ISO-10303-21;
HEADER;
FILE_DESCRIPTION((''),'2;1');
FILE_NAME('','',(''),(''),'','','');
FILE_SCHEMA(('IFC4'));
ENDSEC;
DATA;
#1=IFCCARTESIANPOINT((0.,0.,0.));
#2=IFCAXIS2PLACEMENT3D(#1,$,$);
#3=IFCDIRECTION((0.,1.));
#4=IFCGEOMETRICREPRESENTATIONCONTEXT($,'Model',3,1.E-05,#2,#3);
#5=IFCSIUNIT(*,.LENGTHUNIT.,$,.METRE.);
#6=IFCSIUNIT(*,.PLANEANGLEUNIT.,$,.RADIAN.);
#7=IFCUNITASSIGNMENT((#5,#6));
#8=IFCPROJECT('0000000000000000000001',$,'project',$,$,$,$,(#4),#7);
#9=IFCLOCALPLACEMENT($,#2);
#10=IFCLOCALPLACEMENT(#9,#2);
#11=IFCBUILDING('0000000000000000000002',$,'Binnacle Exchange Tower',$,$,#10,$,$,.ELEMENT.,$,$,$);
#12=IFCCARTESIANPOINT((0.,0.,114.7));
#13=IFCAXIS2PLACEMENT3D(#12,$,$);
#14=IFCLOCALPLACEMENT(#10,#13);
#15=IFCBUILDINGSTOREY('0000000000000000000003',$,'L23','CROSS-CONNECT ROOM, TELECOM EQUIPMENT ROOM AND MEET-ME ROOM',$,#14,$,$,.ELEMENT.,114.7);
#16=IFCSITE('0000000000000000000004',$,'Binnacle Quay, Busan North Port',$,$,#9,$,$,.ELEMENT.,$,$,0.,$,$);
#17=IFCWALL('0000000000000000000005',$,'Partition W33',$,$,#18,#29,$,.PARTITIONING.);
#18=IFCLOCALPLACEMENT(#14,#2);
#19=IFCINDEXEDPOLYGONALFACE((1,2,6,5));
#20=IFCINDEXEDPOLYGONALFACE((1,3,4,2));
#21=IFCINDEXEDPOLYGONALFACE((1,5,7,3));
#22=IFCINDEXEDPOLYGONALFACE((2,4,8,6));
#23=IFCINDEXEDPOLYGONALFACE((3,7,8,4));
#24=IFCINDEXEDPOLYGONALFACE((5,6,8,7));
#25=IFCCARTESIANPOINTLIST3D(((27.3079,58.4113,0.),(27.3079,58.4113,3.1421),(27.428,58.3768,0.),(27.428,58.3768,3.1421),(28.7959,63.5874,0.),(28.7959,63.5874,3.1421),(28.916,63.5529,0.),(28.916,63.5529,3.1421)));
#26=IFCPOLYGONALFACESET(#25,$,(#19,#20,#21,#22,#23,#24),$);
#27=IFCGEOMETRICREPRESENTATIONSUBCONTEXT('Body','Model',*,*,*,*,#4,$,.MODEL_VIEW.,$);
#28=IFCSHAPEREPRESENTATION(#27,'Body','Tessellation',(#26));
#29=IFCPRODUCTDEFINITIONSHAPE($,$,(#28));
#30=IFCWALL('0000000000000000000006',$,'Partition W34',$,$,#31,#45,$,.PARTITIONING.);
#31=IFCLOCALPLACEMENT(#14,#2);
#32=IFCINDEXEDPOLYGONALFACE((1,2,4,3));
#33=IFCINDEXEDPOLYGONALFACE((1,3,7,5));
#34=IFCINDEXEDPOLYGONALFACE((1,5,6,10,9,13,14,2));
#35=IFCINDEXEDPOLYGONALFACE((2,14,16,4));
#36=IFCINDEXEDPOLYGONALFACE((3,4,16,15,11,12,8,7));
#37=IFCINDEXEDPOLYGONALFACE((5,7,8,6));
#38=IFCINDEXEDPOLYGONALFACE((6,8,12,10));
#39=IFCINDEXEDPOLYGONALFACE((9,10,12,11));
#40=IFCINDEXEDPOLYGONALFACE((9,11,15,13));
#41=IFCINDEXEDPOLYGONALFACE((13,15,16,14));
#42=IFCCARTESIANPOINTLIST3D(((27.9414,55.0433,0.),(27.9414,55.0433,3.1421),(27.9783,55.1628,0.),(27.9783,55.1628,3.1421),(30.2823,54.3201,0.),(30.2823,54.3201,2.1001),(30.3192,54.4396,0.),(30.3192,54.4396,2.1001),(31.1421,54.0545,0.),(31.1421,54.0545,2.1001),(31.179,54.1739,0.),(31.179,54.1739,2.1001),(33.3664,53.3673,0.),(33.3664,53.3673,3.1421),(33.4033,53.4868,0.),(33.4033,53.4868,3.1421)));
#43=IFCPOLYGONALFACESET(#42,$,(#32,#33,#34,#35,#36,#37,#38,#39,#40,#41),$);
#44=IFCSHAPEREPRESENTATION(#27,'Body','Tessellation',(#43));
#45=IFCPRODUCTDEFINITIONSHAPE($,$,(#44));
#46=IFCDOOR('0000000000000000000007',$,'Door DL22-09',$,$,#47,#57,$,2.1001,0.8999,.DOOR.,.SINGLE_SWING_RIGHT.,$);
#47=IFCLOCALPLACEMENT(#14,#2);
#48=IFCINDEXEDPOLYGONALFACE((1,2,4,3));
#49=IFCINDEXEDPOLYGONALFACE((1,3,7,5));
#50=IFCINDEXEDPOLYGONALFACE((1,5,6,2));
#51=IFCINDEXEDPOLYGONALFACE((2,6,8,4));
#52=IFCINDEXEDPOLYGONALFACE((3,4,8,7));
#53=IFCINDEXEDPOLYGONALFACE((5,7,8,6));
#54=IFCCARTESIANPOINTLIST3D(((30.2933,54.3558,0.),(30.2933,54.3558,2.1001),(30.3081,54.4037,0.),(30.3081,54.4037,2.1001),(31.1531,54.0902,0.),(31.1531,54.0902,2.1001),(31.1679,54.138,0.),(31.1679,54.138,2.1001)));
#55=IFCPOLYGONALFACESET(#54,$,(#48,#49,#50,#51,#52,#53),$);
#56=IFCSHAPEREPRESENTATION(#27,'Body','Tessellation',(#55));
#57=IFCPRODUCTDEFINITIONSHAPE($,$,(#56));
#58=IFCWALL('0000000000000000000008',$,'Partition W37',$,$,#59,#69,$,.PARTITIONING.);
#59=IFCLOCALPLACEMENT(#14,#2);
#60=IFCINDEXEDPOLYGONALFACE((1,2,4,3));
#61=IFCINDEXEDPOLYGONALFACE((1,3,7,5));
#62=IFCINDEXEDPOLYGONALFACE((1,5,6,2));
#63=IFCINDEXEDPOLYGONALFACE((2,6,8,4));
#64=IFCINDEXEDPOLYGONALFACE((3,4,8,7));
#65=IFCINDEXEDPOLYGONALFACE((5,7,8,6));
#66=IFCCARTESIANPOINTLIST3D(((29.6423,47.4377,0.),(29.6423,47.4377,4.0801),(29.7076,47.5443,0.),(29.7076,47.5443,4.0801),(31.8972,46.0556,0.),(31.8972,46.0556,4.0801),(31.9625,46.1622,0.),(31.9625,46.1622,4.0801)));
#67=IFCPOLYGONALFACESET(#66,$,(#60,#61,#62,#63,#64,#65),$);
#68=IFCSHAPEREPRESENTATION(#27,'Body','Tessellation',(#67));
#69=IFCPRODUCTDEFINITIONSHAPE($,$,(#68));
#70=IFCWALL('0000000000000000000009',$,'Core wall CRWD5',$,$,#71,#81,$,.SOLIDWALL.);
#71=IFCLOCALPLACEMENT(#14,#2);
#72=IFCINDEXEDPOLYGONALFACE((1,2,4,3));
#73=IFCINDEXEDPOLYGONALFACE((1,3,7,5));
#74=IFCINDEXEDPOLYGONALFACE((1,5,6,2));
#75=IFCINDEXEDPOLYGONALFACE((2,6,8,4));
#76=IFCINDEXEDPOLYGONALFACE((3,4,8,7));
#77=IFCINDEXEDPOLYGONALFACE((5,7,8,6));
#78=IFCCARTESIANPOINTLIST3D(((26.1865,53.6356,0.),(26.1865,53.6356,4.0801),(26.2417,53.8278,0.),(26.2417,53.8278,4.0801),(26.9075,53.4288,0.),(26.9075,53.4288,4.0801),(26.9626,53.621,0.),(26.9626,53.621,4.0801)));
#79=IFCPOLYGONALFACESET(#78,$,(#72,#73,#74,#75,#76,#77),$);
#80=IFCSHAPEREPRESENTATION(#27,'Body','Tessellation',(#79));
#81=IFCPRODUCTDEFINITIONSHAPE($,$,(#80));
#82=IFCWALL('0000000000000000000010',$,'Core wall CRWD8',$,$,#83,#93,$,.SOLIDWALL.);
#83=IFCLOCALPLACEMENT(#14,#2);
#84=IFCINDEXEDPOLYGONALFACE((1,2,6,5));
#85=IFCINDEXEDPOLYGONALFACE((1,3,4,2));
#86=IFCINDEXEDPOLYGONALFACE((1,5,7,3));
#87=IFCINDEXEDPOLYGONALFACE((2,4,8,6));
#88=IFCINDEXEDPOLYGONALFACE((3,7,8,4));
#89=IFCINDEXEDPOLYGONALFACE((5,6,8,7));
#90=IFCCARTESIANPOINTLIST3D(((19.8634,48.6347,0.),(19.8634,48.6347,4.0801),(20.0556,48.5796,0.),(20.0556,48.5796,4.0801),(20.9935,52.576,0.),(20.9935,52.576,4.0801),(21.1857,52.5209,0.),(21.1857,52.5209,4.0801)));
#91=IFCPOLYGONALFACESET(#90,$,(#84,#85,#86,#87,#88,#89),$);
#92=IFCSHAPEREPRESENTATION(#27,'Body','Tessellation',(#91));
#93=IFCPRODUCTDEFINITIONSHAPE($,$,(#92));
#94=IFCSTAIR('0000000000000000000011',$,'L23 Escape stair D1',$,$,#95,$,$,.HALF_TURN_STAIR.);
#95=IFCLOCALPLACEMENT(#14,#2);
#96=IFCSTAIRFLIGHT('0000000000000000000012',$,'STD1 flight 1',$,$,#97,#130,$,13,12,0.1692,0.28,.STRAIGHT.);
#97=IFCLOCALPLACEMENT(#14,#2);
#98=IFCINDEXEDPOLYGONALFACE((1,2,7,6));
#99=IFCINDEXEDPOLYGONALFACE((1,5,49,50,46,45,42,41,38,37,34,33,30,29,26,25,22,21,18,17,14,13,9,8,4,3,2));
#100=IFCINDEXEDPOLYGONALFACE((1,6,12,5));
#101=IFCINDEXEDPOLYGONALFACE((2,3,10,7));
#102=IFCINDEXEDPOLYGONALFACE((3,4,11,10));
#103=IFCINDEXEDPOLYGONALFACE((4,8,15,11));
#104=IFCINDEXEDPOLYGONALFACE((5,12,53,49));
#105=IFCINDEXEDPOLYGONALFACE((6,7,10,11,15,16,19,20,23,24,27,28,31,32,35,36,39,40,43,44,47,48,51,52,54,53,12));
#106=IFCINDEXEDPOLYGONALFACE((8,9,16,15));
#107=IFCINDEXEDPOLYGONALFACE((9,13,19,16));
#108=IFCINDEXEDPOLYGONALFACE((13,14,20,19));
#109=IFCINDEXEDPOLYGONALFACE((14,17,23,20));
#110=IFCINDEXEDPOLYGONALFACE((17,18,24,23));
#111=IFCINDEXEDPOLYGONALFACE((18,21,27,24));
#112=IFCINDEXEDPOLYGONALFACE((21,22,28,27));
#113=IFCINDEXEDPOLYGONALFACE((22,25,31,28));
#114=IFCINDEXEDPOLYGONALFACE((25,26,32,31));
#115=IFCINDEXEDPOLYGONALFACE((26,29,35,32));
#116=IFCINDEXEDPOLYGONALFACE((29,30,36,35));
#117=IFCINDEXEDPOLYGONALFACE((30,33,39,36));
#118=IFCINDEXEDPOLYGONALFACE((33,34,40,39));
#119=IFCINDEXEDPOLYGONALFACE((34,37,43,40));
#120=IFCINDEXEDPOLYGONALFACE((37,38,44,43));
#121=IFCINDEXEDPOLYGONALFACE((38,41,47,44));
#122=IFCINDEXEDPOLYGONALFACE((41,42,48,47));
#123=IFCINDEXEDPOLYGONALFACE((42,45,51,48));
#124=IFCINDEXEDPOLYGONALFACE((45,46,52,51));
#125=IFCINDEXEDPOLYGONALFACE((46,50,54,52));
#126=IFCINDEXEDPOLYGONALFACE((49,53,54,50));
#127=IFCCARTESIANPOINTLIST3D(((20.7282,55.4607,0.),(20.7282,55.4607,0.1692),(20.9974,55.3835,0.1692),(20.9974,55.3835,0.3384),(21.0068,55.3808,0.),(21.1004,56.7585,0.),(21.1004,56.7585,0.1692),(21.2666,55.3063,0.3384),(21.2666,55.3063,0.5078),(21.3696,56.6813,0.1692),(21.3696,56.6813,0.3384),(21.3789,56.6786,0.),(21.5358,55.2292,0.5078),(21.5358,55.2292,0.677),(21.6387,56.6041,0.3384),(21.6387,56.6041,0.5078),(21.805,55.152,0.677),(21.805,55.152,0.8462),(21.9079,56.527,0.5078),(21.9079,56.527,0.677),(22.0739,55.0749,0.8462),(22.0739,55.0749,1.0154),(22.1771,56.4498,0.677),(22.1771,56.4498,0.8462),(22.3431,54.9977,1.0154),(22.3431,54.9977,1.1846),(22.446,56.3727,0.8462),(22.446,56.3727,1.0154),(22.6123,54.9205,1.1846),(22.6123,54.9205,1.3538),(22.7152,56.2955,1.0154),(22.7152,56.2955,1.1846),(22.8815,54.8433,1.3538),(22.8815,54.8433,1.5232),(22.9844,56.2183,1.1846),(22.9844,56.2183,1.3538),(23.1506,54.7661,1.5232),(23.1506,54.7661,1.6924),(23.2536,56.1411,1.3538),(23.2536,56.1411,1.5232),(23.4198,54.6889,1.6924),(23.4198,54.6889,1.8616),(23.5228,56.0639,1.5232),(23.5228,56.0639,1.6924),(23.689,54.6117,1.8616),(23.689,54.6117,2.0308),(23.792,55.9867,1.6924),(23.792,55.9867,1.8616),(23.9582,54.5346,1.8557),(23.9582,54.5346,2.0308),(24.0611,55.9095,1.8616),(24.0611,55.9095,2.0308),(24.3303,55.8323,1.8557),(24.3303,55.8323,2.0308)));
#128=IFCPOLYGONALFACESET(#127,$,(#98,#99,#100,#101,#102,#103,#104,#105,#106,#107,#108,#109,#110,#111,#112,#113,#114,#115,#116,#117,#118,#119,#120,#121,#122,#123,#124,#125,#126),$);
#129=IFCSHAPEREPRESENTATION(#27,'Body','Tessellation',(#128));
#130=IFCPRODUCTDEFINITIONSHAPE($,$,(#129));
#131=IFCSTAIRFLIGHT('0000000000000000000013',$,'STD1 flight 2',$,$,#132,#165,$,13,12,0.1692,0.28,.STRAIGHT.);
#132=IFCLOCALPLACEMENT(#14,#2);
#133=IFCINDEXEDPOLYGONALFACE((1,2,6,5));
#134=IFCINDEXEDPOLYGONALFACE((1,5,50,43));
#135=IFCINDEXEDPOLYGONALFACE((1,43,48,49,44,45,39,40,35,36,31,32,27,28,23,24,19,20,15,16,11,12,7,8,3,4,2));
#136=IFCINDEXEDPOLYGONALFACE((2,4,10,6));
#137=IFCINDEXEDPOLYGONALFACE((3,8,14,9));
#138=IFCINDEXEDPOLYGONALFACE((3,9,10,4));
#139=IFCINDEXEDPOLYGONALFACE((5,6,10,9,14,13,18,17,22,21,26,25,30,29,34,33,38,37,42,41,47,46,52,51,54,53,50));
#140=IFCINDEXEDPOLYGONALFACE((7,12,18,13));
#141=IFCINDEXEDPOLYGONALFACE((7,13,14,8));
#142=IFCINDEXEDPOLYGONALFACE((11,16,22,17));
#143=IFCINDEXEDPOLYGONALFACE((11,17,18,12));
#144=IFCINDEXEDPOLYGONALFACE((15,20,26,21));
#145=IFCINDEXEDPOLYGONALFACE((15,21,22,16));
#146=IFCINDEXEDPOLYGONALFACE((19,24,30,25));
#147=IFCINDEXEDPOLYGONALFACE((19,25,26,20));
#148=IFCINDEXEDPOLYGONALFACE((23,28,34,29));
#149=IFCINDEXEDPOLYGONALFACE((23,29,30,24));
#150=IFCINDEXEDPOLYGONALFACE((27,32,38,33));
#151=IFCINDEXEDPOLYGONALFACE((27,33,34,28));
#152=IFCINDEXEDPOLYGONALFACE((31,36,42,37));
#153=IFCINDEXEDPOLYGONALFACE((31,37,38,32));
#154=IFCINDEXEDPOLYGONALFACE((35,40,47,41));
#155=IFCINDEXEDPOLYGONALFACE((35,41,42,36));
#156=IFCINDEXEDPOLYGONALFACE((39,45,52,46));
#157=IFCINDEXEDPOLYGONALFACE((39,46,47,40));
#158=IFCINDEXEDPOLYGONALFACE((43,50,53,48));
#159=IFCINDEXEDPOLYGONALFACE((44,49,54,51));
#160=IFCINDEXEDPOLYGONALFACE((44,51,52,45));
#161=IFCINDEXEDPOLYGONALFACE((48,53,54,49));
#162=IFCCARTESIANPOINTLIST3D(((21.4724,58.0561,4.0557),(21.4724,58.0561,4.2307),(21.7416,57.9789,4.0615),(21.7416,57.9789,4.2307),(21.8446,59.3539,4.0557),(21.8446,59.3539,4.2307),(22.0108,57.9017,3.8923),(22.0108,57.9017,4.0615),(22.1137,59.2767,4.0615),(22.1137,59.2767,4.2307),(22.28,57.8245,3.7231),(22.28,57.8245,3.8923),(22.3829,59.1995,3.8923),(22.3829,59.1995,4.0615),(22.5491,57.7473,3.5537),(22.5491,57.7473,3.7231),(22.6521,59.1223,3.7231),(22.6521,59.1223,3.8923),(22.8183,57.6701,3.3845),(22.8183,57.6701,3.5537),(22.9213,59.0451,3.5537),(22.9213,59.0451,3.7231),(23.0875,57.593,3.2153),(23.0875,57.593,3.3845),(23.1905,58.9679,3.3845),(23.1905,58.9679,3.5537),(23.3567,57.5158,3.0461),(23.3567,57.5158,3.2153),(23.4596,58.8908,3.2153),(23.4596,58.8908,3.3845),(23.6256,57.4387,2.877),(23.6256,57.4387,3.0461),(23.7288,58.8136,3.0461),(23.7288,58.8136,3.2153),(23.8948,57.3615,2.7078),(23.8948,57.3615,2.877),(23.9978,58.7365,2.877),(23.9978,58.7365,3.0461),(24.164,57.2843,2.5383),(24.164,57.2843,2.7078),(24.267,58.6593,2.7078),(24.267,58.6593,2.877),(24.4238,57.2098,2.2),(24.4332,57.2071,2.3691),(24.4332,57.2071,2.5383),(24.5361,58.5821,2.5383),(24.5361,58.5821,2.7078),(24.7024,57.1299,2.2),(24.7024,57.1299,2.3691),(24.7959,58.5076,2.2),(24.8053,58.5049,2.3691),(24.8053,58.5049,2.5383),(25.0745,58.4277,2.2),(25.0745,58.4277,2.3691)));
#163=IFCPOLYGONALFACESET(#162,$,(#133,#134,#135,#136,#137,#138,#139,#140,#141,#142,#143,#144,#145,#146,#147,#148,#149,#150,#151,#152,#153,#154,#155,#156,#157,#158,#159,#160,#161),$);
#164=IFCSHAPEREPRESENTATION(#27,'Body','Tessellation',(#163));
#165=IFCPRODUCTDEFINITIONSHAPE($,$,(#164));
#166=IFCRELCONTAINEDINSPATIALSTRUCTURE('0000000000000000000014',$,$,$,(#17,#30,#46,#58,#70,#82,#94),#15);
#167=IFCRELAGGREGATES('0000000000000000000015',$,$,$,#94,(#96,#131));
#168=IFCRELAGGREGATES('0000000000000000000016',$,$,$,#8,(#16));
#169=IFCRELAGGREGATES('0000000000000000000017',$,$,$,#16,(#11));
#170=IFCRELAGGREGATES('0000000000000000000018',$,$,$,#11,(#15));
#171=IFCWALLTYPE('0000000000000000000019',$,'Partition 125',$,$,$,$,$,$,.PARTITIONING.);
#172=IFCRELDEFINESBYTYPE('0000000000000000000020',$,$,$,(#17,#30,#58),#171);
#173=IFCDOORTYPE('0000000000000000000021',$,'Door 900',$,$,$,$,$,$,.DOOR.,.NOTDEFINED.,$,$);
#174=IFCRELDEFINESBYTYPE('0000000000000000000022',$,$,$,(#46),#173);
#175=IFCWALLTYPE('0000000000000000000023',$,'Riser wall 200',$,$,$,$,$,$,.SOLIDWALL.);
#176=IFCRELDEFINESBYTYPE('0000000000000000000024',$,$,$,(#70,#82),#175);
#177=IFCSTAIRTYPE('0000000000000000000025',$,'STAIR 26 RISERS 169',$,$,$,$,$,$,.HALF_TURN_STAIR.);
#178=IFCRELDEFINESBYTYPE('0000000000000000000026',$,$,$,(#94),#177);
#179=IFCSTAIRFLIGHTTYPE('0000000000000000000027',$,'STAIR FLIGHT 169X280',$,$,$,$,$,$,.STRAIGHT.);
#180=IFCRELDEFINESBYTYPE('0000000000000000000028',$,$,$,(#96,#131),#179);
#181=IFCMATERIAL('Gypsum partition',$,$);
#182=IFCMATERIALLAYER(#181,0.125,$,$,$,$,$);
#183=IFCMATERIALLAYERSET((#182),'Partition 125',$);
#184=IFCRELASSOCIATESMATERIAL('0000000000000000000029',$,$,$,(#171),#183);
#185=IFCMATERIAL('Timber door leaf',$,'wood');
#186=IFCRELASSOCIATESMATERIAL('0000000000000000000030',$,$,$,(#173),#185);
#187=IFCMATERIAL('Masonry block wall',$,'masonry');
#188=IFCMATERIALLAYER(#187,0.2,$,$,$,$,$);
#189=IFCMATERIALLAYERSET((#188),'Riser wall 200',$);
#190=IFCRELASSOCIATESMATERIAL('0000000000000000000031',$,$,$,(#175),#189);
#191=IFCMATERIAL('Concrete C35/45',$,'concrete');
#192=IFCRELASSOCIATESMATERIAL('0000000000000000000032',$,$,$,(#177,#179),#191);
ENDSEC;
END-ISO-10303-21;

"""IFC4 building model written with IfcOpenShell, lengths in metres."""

from ifc_helpers import new_model, si_unit, direction, frame, frame_2d, origin, place, context, subcontext, project, spatial, polyline, rectangle, outline, extrude, material, layer, layer_set, type_object, element, fill, aggregate, save


model = new_model("IFC4")

# Units and contexts
model_context = context("Model", 3, precision=1e-05, world=origin(), true_north=direction((0.0, 1.0)))
body_context = subcontext(model_context, "Body", "Model", "MODEL_VIEW")
ifc_project = project(units=[si_unit("LENGTHUNIT", "METRE"), si_unit("PLANEANGLEUNIT", "RADIAN")], contexts=[model_context])

# Site, building, storey
site_placement = place(None, origin())
site = spatial("IfcSite", under=ifc_project, at=site_placement, Name="Binnacle Quay, Busan North Port", CompositionType="ELEMENT", RefElevation=0.0)
building_placement = place(site_placement, origin())
building = spatial("IfcBuilding", under=site, at=building_placement, Name="Binnacle Exchange Tower", CompositionType="ELEMENT")
storey_placement = place(building_placement, frame((0.0, 0.0, 114.7)))
storey = spatial("IfcBuildingStorey", under=building, at=storey_placement, Name="L23", Description="CROSS-CONNECT ROOM, TELECOM EQUIPMENT ROOM AND MEET-ME ROOM", CompositionType="ELEMENT", Elevation=114.7)

# Shared definitions
ifc_material_1 = material(Name="Masonry block wall", Category="masonry")

# Wall
ifc_material_2 = material(Name="Gypsum partition")
ifc_layer_1 = layer(ifc_material_2, 0.125)
ifc_layer_set_1 = layer_set([ifc_layer_1], Name="Partition 125")
wall_type_1 = type_object("IfcWallType", Name="Partition 125", PredefinedType="PARTITIONING", material=ifc_layer_set_1)
wall_1_placement = place(storey_placement, frame((27.3679, 58.394, 0.0), z_axis=(0.0, 0.0, 1.0), x_axis=(0.276295, 0.961073, 0.0)))
element("IfcWall", 1, at=wall_1_placement, inside=storey, type_object=wall_type_1, Name="Partition W33", PredefinedType="PARTITIONING", context=body_context, shape_type="SweptSolid", body=[
    extrude(rectangle(XDim=5.3857, YDim=0.125, at=frame_2d((2.6929, 0.0))), origin(), (0.0, 0.0, 1.0), 3.1421),
])

# Wall, opening, door
wall_2_placement = place(storey_placement, frame((27.96, 55.103, 0.0), z_axis=(0.0, 0.0, 1.0), x_axis=(0.955443, -0.295176, 0.0)))
wall_2 = element("IfcWall", 2, at=wall_2_placement, inside=storey, type_object=wall_type_1, Name="Partition W34", PredefinedType="PARTITIONING", context=body_context, shape_type="SweptSolid", body=[
    extrude(rectangle(XDim=5.678, YDim=0.125, at=frame_2d((2.8389, 0.0))), origin(), (0.0, 0.0, 1.0), 3.1421),
])
opening_1_placement = place(wall_2_placement, frame((2.45, 0.0, 0.0)))
opening_1 = element("IfcOpeningElement", 3, at=opening_1_placement, cuts=wall_2, PredefinedType="OPENING", context=body_context, shape_type="SweptSolid", body=[
    extrude(rectangle(XDim=0.8999, YDim=2.1001, at=frame_2d((0.45, 1.05))), frame((0.0, 0.0725, 0.0), z_axis=(0.0, -1.0, 0.0), x_axis=(1.0, 0.0, 0.0)), (0.0, 0.0, 1.0), 0.145),
])
ifc_material_3 = material(Name="Timber door leaf", Category="wood")
door_type_1 = type_object("IfcDoorType", Name="Door 900", OperationType="NOTDEFINED", PredefinedType="DOOR", material=ifc_material_3)
door_1_placement = place(opening_1_placement, origin())
door_1 = element("IfcDoor", 4, at=door_1_placement, inside=storey, type_object=door_type_1, Name="Door DL22-09", OperationType="SINGLE_SWING_RIGHT", OverallHeight=2.1001, OverallWidth=0.8999, PredefinedType="DOOR", context=body_context, shape_type="SweptSolid", body=[
    extrude(rectangle(XDim=0.8999, YDim=2.1001, at=frame_2d((0.45, 1.05))), frame((0.0, 0.0249, 0.0), z_axis=(0.0, -1.0, 0.0), x_axis=(1.0, 0.0, 0.0)), (0.0, 0.0, 1.0), 0.05),
])
fill(opening_1, door_1)

# Walls
wall_3_placement = place(storey_placement, frame((29.675, 47.491, 0.0), z_axis=(0.0, 0.0, 1.0), x_axis=(0.852592, -0.522577, 0.0)))
element("IfcWall", 5, at=wall_3_placement, inside=storey, type_object=wall_type_1, Name="Partition W37", PredefinedType="PARTITIONING", context=body_context, shape_type="SweptSolid", body=[
    extrude(rectangle(XDim=2.6448, YDim=0.125, at=frame_2d((1.3223, 0.0))), origin(), (0.0, 0.0, 1.0), 4.0801),
])
ifc_layer_2 = layer(ifc_material_1, 0.2)
ifc_layer_set_2 = layer_set([ifc_layer_2], Name="Riser wall 200")
wall_type_2 = type_object("IfcWallType", Name="Riser wall 200", PredefinedType="SOLIDWALL", material=ifc_layer_set_2)
wall_4_placement = place(storey_placement, frame((26.2141, 53.7317, 0.0), z_axis=(0.0, 0.0, 1.0), x_axis=(0.961241, -0.27571, 0.0)))
element("IfcWall", 6, at=wall_4_placement, inside=storey, type_object=wall_type_2, Name="Core wall CRWD5", PredefinedType="SOLIDWALL", context=body_context, shape_type="SweptSolid", body=[
    extrude(rectangle(XDim=0.75, YDim=0.2, at=frame_2d((0.375, 0.0))), origin(), (0.0, 0.0, 1.0), 4.0801),
])
wall_5_placement = place(storey_placement, frame((19.9595, 48.6072, 0.0), z_axis=(0.0, 0.0, 1.0), x_axis=(0.275641, 0.961261, 0.0)))
element("IfcWall", 7, at=wall_5_placement, inside=storey, type_object=wall_type_2, Name="Core wall CRWD8", PredefinedType="SOLIDWALL", context=body_context, shape_type="SweptSolid", body=[
    extrude(rectangle(XDim=4.1001, YDim=0.2, at=frame_2d((2.05, 0.0))), origin(), (0.0, 0.0, 1.0), 4.0801),
])

# Stair, stair flights
ifc_material_4 = material(Name="Concrete C35/45", Category="concrete")
stair_type = type_object("IfcStairType", Name="STAIR 26 RISERS 169", PredefinedType="HALF_TURN_STAIR", material=ifc_material_4)
stair_placement = place(storey_placement, origin())
stair = element("IfcStair", 8, at=stair_placement, inside=storey, type_object=stair_type, Name="L23 Escape stair D1", PredefinedType="HALF_TURN_STAIR")
stair_flight_type = type_object("IfcStairFlightType", Name="STAIR FLIGHT 169X280", PredefinedType="STRAIGHT", material=ifc_material_4)
stair_flight_1_placement = place(storey_placement, frame((20.9143, 56.1096, 0.0), z_axis=(0.0, 0.0, 1.0), x_axis=(0.961262, -0.275637, 0.0)))
stair_flight_1 = element("IfcStairFlight", 9, at=stair_flight_1_placement, type_object=stair_flight_type, Name="STD1 flight 1", NumberOfRisers=13, NumberOfTreads=12, PredefinedType="STRAIGHT", RiserHeight=0.1692, TreadLength=0.28, context=body_context, shape_type="SweptSolid", body=[
    extrude(outline(polyline([(0.0, 0.0), (0.0, 0.1692), (0.28, 0.1692), (0.28, 0.3384), (0.5601, 0.3384), (0.5601, 0.5078), (0.8401, 0.5078), (0.8401, 0.677), (1.1201, 0.677), (1.1201, 0.8462), (1.3999, 0.8462), (1.3999, 1.0154), (1.6799, 1.0154), (1.6799, 1.1846), (1.96, 1.1846), (1.96, 1.3538), (2.24, 1.3538), (2.24, 1.5232), (2.52, 1.5232), (2.52, 1.6924), (2.8, 1.6924), (2.8, 1.8616), (3.0801, 1.8616), (3.0801, 2.0308), (3.3601, 2.0308), (3.3601, 2.2), (3.3601, 1.8557), (0.2898, 0.0), (0.0, 0.0)])), frame((0.0, 0.675, 0.0), z_axis=(0.0, -1.0, 0.0), x_axis=(1.0, 0.0, 0.0)), (0.0, 0.0, 1.0), 1.3501),
])
stair_flight_2_placement = place(storey_placement, frame((24.8884, 57.7788, 2.2), z_axis=(0.0, 0.0, 1.0), x_axis=(-0.961262, 0.275637, 0.0)))
stair_flight_2 = element("IfcStairFlight", 10, at=stair_flight_2_placement, type_object=stair_flight_type, Name="STD1 flight 2", NumberOfRisers=13, NumberOfTreads=12, PredefinedType="STRAIGHT", RiserHeight=0.1692, TreadLength=0.28, context=body_context, shape_type="SweptSolid", body=[
    extrude(outline(polyline([(0.0, 0.0), (0.0, 0.1692), (0.28, 0.1692), (0.28, 0.3384), (0.5601, 0.3384), (0.5601, 0.5078), (0.8401, 0.5078), (0.8401, 0.677), (1.1201, 0.677), (1.1201, 0.8462), (1.3999, 0.8462), (1.3999, 1.0154), (1.6799, 1.0154), (1.6799, 1.1846), (1.96, 1.1846), (1.96, 1.3538), (2.24, 1.3538), (2.24, 1.5232), (2.52, 1.5232), (2.52, 1.6924), (2.8, 1.6924), (2.8, 1.8616), (3.0801, 1.8616), (3.0801, 2.0308), (3.3601, 2.0308), (3.3601, 2.2), (3.3601, 1.8557), (0.2898, 0.0), (0.0, 0.0)])), frame((0.0, 0.675, 0.0), z_axis=(0.0, -1.0, 0.0), x_axis=(1.0, 0.0, 0.0)), (0.0, 0.0, 1.0), 1.3501),
])
aggregate(stair, [stair_flight_1, stair_flight_2])

save(model, "model.ifc")
